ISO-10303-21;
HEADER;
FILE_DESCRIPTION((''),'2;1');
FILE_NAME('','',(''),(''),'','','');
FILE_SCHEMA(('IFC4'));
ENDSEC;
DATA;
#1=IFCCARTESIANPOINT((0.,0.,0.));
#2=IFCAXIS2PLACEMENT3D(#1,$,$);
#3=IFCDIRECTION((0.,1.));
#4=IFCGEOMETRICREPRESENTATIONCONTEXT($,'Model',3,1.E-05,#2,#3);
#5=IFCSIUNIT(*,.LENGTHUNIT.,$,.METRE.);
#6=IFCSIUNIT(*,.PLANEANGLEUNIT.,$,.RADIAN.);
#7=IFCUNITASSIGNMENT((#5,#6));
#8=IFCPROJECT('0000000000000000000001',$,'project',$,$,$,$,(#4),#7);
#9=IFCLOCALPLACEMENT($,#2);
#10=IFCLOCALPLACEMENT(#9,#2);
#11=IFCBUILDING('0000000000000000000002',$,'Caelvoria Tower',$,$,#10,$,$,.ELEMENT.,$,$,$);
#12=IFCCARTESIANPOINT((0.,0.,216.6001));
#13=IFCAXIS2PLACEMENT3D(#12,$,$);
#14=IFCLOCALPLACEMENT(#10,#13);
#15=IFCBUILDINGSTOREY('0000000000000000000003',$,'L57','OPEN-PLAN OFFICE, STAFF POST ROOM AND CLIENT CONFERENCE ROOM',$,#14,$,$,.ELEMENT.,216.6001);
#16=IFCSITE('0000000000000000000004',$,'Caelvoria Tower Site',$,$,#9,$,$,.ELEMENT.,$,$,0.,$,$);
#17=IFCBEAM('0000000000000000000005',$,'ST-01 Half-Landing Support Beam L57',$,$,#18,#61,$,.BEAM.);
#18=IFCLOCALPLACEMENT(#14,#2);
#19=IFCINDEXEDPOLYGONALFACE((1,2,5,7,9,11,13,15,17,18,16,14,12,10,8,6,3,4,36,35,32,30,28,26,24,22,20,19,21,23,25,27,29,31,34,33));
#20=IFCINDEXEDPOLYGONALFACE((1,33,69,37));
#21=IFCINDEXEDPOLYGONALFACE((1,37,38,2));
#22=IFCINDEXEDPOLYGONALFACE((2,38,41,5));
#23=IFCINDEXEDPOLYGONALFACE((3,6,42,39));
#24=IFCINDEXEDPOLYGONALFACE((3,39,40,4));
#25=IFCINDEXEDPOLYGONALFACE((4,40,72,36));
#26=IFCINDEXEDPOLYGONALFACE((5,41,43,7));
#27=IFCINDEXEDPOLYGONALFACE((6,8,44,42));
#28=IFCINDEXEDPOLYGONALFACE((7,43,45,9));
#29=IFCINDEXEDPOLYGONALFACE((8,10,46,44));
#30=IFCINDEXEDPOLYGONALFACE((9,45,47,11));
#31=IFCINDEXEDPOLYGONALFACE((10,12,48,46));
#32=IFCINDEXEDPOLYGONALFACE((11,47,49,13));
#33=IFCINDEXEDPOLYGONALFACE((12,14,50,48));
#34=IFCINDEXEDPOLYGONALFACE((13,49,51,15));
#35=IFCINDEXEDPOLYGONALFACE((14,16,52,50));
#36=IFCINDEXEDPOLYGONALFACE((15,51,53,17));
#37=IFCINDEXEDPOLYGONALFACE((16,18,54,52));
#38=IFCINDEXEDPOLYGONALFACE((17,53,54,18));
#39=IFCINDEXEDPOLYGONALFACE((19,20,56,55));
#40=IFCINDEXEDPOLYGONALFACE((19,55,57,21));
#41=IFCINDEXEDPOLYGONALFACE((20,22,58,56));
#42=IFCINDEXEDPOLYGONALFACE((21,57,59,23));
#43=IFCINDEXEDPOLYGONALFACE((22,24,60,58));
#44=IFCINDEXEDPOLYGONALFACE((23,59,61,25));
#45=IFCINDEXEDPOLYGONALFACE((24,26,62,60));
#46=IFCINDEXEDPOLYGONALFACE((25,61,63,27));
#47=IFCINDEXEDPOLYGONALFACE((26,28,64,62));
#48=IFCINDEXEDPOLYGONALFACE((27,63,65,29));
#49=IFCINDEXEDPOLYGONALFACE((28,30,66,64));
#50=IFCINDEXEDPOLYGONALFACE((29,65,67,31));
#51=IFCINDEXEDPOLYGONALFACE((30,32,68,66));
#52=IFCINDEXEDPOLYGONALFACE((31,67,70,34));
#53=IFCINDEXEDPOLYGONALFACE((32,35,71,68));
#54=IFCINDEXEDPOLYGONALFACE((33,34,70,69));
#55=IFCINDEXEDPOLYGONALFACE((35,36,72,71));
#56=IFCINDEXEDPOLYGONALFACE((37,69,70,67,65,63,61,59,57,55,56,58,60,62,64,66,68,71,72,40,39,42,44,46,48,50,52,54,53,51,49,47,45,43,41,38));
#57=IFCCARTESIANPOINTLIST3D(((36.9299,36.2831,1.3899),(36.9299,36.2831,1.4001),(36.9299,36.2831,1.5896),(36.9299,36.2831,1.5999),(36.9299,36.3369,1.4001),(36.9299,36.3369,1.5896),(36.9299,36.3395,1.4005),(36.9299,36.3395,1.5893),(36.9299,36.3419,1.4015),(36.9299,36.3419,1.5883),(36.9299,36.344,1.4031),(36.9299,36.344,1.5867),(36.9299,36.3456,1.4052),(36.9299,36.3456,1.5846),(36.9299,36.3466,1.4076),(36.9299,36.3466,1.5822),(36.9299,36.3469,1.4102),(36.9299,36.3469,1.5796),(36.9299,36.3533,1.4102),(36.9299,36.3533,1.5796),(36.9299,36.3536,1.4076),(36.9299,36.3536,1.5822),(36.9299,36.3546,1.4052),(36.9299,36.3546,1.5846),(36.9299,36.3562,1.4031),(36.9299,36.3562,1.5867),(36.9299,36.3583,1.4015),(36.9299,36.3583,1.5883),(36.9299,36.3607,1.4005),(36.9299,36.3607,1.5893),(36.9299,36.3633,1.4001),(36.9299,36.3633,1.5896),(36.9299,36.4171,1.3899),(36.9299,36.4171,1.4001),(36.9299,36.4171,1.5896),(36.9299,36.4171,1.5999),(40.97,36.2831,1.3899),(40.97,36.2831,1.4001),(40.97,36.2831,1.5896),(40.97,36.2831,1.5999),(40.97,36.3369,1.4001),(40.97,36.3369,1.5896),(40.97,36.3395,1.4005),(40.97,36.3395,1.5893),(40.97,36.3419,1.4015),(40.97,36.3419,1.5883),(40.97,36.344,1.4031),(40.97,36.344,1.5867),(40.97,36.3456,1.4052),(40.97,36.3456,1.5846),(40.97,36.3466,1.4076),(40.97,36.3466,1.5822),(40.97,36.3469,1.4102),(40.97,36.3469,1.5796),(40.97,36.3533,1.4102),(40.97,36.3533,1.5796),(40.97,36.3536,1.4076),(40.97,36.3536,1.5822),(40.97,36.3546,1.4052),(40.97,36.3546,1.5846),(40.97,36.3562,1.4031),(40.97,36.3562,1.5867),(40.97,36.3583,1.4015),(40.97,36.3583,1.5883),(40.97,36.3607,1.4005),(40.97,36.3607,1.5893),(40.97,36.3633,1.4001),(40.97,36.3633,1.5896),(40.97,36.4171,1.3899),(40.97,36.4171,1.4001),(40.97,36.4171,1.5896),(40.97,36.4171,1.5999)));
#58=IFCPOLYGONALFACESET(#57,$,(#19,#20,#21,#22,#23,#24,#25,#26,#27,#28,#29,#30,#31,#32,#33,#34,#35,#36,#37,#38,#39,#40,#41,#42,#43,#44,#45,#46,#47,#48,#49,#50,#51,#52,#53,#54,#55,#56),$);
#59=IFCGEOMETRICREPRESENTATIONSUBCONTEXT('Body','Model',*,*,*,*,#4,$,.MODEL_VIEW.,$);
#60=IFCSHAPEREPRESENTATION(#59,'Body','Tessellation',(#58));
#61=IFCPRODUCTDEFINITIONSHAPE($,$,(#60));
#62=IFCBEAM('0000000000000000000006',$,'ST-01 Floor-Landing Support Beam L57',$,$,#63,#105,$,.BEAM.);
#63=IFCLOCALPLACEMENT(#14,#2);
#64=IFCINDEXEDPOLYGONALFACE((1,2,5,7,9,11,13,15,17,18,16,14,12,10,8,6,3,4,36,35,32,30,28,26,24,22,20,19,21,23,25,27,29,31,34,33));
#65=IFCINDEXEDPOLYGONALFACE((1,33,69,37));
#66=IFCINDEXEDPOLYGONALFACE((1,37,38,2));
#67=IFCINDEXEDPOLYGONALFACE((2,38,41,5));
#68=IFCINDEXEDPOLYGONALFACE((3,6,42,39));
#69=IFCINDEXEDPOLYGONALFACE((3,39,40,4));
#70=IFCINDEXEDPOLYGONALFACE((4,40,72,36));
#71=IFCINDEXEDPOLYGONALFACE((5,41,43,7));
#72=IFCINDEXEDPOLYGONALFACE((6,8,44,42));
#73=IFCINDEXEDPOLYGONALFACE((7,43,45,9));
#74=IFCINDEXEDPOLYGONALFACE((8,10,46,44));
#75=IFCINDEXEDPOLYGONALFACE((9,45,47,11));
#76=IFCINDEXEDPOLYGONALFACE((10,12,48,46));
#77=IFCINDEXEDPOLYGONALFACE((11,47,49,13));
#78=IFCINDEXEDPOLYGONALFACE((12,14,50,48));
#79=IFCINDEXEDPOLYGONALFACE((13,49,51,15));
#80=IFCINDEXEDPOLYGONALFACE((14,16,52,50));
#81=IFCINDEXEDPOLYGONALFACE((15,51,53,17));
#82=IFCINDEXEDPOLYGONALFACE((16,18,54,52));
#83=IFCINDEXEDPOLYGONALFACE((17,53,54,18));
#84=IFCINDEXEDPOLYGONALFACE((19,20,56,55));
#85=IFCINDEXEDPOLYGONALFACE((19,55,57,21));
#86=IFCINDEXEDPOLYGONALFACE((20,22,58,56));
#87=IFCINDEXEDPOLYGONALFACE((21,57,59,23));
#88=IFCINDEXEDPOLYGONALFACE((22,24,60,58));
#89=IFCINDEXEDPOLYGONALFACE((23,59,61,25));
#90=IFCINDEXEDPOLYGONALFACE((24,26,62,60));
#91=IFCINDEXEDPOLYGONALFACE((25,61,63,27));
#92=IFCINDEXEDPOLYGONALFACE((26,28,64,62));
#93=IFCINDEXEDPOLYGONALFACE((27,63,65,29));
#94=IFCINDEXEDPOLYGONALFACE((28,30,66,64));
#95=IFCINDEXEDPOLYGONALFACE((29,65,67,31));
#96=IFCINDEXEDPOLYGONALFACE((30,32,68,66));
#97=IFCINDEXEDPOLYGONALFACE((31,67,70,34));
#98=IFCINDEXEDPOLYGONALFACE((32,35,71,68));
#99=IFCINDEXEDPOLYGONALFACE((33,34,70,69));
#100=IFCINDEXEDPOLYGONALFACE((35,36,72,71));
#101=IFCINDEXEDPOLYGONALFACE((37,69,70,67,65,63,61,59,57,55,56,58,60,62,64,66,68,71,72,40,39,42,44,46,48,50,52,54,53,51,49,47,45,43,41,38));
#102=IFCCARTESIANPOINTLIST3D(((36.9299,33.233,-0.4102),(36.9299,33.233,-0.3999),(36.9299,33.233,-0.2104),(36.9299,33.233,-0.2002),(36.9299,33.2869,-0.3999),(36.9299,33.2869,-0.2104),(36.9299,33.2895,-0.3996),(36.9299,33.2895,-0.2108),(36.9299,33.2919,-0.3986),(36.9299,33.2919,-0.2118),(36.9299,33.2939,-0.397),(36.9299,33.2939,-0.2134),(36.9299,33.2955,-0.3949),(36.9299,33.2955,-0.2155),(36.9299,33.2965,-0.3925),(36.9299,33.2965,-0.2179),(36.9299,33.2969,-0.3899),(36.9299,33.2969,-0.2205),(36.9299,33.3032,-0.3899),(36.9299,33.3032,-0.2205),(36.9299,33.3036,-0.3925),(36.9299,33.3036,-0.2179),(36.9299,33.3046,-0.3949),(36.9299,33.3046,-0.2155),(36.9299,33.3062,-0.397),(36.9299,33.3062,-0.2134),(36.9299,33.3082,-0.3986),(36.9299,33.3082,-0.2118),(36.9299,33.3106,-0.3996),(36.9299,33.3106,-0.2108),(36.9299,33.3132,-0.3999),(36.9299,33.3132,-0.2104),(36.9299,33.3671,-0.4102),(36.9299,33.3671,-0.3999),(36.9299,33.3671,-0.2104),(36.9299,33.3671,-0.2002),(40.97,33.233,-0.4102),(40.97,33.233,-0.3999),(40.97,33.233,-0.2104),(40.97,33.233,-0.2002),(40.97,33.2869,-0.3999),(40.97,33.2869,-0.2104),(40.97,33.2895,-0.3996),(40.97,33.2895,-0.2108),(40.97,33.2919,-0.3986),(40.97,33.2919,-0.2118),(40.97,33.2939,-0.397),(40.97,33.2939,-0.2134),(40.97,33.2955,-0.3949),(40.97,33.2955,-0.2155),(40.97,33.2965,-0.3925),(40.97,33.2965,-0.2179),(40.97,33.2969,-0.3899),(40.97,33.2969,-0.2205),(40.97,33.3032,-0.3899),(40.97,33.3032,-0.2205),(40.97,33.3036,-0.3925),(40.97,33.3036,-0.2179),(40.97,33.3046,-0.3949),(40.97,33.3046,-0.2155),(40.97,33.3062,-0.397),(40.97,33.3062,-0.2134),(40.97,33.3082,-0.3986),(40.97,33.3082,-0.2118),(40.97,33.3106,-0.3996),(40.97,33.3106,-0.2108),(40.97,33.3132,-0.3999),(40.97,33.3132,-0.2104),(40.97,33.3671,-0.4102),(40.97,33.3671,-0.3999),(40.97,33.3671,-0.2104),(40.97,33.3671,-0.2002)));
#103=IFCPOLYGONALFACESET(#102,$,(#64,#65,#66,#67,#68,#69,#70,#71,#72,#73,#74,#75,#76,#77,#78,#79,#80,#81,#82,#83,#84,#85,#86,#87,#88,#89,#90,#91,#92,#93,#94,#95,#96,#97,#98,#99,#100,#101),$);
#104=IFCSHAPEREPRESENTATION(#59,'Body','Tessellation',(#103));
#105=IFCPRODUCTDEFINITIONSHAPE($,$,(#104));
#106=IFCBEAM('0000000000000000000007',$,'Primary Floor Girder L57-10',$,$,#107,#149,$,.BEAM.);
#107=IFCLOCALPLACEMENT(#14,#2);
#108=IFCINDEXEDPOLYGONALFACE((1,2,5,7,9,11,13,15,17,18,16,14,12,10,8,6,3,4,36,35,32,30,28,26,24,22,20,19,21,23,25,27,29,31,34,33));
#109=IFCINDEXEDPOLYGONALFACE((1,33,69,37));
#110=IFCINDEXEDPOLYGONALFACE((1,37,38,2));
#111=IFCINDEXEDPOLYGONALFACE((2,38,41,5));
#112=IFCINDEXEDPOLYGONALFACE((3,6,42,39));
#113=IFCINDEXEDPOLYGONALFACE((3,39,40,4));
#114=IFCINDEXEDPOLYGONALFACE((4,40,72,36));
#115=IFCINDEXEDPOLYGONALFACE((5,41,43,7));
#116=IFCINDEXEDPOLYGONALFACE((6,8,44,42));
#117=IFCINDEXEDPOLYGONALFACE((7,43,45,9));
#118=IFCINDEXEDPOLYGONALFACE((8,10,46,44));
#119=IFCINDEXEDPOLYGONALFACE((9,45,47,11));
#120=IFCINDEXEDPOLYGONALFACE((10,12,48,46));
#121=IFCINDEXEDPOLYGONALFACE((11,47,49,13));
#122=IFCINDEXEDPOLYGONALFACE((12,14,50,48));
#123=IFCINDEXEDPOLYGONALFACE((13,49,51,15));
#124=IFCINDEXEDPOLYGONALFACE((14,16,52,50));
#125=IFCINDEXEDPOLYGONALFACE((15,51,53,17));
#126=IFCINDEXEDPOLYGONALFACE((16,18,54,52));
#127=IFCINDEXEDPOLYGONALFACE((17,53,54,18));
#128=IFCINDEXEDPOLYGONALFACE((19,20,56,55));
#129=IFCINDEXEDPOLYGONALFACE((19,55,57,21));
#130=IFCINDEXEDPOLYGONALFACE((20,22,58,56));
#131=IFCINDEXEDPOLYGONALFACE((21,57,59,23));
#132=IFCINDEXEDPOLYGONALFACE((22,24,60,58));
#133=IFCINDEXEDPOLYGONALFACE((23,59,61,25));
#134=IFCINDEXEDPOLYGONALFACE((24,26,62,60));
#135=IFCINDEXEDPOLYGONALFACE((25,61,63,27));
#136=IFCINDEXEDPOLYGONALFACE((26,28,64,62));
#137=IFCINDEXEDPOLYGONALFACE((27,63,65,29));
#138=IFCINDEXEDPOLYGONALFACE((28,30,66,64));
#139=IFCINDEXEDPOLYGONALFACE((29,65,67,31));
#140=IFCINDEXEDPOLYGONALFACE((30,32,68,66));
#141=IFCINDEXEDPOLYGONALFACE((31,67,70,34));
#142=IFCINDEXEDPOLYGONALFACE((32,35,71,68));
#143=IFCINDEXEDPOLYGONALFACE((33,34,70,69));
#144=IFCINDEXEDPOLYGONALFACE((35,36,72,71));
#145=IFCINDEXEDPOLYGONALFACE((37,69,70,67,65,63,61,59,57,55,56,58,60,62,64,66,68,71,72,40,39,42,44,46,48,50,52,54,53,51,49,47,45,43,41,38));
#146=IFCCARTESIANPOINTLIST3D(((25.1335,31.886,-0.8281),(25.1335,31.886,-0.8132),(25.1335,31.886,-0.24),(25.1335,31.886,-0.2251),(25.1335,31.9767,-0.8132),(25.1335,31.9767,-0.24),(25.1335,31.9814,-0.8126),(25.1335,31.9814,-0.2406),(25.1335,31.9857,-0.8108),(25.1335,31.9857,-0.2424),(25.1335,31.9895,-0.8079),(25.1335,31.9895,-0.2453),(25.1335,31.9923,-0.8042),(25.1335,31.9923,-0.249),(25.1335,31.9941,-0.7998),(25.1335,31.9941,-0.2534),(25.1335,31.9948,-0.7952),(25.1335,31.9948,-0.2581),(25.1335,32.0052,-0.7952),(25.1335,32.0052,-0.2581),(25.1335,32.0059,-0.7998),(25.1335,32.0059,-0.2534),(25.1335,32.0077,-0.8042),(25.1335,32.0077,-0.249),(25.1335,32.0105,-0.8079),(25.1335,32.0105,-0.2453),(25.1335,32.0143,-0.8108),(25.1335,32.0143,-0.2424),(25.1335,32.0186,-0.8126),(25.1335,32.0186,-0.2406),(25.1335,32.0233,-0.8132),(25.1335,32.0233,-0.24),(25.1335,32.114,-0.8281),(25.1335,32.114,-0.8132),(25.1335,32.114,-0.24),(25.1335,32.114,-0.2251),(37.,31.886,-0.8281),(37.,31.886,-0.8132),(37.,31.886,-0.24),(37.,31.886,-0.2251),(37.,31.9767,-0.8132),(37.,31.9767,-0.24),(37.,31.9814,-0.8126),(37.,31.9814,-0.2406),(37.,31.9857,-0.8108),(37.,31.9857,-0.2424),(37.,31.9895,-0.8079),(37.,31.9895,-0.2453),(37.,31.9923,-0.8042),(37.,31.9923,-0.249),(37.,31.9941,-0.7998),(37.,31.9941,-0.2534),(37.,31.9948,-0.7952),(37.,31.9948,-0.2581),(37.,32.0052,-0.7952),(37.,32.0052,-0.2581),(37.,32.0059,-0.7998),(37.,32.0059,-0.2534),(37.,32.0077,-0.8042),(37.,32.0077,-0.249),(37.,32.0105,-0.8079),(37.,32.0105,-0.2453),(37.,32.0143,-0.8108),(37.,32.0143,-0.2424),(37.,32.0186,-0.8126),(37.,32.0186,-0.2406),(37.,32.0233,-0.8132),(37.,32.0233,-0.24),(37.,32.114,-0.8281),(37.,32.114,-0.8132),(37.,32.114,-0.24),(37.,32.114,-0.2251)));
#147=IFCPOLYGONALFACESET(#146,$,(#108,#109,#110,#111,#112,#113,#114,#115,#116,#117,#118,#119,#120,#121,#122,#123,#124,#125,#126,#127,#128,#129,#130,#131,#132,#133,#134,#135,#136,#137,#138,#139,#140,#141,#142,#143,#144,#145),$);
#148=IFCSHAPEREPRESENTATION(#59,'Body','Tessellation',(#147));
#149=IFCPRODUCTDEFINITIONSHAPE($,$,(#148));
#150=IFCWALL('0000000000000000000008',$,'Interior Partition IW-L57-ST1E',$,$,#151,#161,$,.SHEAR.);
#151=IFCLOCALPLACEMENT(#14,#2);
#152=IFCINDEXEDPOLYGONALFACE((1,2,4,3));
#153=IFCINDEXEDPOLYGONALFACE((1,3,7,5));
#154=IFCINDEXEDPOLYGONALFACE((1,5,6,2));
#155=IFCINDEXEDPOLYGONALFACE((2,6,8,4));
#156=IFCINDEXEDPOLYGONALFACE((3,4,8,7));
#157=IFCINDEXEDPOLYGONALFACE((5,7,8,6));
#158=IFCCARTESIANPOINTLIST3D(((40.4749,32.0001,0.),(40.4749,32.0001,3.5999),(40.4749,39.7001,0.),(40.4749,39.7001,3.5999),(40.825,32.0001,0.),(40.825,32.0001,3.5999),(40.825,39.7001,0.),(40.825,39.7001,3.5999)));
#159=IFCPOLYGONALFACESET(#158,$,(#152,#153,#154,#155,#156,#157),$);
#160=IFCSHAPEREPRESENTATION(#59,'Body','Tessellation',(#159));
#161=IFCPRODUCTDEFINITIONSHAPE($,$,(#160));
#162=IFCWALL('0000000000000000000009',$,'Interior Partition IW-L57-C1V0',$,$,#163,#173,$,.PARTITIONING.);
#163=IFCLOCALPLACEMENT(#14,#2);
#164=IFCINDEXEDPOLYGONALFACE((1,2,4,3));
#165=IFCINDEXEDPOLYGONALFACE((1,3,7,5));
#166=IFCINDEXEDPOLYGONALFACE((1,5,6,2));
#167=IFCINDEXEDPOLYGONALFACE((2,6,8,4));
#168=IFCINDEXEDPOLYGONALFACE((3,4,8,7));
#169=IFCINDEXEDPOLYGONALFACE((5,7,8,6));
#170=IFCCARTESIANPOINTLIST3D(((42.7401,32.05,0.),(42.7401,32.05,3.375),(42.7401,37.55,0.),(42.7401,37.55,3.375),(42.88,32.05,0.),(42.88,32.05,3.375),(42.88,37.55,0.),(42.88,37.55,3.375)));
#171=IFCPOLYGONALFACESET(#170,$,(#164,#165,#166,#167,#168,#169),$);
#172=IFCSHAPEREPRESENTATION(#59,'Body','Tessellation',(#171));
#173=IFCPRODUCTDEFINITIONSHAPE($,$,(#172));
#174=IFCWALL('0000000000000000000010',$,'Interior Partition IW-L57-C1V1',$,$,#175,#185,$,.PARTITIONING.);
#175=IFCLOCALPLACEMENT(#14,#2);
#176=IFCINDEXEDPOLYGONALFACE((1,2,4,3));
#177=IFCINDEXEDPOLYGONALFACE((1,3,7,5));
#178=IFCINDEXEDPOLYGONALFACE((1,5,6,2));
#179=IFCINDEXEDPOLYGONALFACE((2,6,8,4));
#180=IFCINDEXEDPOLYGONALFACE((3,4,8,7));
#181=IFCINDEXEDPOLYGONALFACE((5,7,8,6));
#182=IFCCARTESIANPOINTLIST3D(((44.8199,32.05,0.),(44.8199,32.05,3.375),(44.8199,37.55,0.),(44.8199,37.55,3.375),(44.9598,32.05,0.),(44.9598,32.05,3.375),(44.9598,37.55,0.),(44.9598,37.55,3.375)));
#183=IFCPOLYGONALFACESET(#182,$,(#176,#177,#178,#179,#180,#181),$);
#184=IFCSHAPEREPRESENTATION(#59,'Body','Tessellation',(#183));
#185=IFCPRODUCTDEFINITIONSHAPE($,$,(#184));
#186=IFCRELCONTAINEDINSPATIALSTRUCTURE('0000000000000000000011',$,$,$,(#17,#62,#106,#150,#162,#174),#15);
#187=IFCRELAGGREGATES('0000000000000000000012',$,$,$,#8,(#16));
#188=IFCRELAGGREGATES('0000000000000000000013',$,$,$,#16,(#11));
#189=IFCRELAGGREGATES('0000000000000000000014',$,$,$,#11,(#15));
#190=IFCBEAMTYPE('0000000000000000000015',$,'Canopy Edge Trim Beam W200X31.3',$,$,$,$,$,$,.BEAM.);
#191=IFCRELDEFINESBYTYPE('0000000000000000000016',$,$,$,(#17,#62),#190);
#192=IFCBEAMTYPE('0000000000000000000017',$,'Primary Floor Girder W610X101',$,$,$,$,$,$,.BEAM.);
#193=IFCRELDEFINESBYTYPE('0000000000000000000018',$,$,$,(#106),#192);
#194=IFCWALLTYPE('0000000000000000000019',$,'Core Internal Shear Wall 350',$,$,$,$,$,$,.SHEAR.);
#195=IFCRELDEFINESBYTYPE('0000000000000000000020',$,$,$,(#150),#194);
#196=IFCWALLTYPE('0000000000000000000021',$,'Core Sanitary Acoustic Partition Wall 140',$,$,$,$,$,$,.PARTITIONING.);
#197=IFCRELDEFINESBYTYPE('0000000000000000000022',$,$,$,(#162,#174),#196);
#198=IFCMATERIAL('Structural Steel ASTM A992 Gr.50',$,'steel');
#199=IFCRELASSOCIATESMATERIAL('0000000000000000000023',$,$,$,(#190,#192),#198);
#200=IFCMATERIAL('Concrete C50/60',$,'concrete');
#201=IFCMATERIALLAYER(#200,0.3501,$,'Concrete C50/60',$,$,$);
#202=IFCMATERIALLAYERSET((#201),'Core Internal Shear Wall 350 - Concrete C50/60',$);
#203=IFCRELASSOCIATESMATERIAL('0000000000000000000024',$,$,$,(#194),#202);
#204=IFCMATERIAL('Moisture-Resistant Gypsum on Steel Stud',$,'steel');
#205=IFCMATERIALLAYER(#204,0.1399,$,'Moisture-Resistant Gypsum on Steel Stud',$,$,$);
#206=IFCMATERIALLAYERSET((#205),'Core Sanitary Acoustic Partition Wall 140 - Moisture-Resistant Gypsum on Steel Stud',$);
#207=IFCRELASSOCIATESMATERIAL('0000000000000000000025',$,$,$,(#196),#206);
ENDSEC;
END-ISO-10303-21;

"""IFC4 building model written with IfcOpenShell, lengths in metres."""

from ifc_helpers import new_model, si_unit, direction, frame, frame_2d, origin, origin_2d, place, context, subcontext, project, spatial, rectangle, i_section, extrude, material, layer, layer_set, material_profile, profile_set, type_object, element, save


model = new_model("IFC4")

# Units and contexts
model_context = context("Model", 3, precision=1e-05, world=origin(), true_north=direction((0.0, 1.0)))
body_context = subcontext(model_context, "Body", "Model", "MODEL_VIEW")
ifc_project = project(units=[si_unit("LENGTHUNIT", "METRE"), si_unit("PLANEANGLEUNIT", "RADIAN")], contexts=[model_context])

# Site, building, storey
site_placement = place(None, origin())
site = spatial("IfcSite", under=ifc_project, at=site_placement, Name="Caelvoria Tower Site", CompositionType="ELEMENT", RefElevation=0.0)
building_placement = place(site_placement, origin())
building = spatial("IfcBuilding", under=site, at=building_placement, Name="Caelvoria Tower", CompositionType="ELEMENT")
storey_placement = place(building_placement, frame((0.0, 0.0, 216.6001)))
storey = spatial("IfcBuildingStorey", under=building, at=storey_placement, Name="L57", Description="OPEN-PLAN OFFICE, STAFF POST ROOM AND CLIENT CONFERENCE ROOM", CompositionType="ELEMENT", Elevation=216.6001)

# Beams
ifc_material_1 = material(Name="Structural Steel ASTM A992 Gr.50", Category="steel")
ifc_material_profile_1 = material_profile(ifc_material_1, i_section(OverallWidth=0.134, OverallDepth=0.21, WebThickness=0.0063, FlangeThickness=0.0103, FilletRadius=0.01, at=origin_2d()), Name="Structural Steel ASTM A992 Gr.50")
ifc_profile_set_1 = profile_set([ifc_material_profile_1], Name="W200X31.3 - Structural Steel ASTM A992 Gr.50")
beam_type_1 = type_object("IfcBeamType", Name="Canopy Edge Trim Beam W200X31.3", PredefinedType="BEAM", material=ifc_profile_set_1)
for number, where, z_axis, x_axis, name in (
    (1, (36.9299, 36.3501, 1.4949), (1.0, 0.0, 0.0), (0.0, 1.0, 0.0), "ST-01 Half-Landing Support Beam L57"),
    (2, (36.9299, 33.3, -0.3052), (1.0, 0.0, 0.0), (0.0, 1.0, 0.0), "ST-01 Floor-Landing Support Beam L57"),
):
    element("IfcBeam", number, at=place(storey_placement, frame(where, z_axis=z_axis, x_axis=x_axis)), inside=storey, type_object=beam_type_1, Name=name, PredefinedType="BEAM", context=body_context, shape_type="SweptSolid", body=[
        extrude(i_section(OverallWidth=0.134, OverallDepth=0.21, WebThickness=0.0063, FlangeThickness=0.0103, FilletRadius=0.01, at=origin_2d()), origin(), (0.0, 0.0, 1.0), 4.04),
    ])
ifc_material_profile_2 = material_profile(ifc_material_1, i_section(OverallWidth=0.228, OverallDepth=0.603, WebThickness=0.0105, FlangeThickness=0.0149, FilletRadius=0.0181, at=origin_2d()), Name="Structural Steel ASTM A992 Gr.50")
ifc_profile_set_2 = profile_set([ifc_material_profile_2], Name="W610X101 - Structural Steel ASTM A992 Gr.50")
beam_type_2 = type_object("IfcBeamType", Name="Primary Floor Girder W610X101", PredefinedType="BEAM", material=ifc_profile_set_2)
beam_placement = place(storey_placement, frame((37.0, 32.0, -0.5266), z_axis=(-1.0, 0.0, 0.0), x_axis=(0.0, -1.0, 0.0)))
element("IfcBeam", 3, at=beam_placement, inside=storey, type_object=beam_type_2, Name="Primary Floor Girder L57-10", PredefinedType="BEAM", context=body_context, shape_type="SweptSolid", body=[
    extrude(i_section(OverallWidth=0.228, OverallDepth=0.603, WebThickness=0.0105, FlangeThickness=0.0149, FilletRadius=0.0181, at=origin_2d()), origin(), (0.0, 0.0, 1.0), 11.8665),
])

# Walls
ifc_material_2 = material(Name="Concrete C50/60", Category="concrete")
ifc_layer_1 = layer(ifc_material_2, 0.3501, Name="Concrete C50/60")
ifc_layer_set_1 = layer_set([ifc_layer_1], Name="Core Internal Shear Wall 350 - Concrete C50/60")
wall_type_1 = type_object("IfcWallType", Name="Core Internal Shear Wall 350", PredefinedType="SHEAR", material=ifc_layer_set_1)
wall_1_placement = place(storey_placement, frame((40.6499, 32.0, 0.0), z_axis=(0.0, 0.0, 1.0), x_axis=(0.0, 1.0, 0.0)))
element("IfcWall", 4, at=wall_1_placement, inside=storey, type_object=wall_type_1, Name="Interior Partition IW-L57-ST1E", PredefinedType="SHEAR", context=body_context, shape_type="SweptSolid", body=[
    extrude(rectangle(XDim=7.7, YDim=0.3501, at=frame_2d((3.8501, 0.0))), origin(), (0.0, 0.0, 1.0), 3.5999),
])
ifc_material_3 = material(Name="Moisture-Resistant Gypsum on Steel Stud", Category="steel")
ifc_layer_2 = layer(ifc_material_3, 0.1399, Name="Moisture-Resistant Gypsum on Steel Stud")
ifc_layer_set_2 = layer_set([ifc_layer_2], Name="Core Sanitary Acoustic Partition Wall 140 - Moisture-Resistant Gypsum on Steel Stud")
wall_type_2 = type_object("IfcWallType", Name="Core Sanitary Acoustic Partition Wall 140", PredefinedType="PARTITIONING", material=ifc_layer_set_2)
for number, where, z_axis, x_axis, name in (
    (5, (42.8101, 32.05, 0.0), (0.0, 0.0, 1.0), (0.0, 1.0, 0.0), "Interior Partition IW-L57-C1V0"),
    (6, (44.8899, 32.05, 0.0), (0.0, 0.0, 1.0), (0.0, 1.0, 0.0), "Interior Partition IW-L57-C1V1"),
):
    element("IfcWall", number, at=place(storey_placement, frame(where, z_axis=z_axis, x_axis=x_axis)), inside=storey, type_object=wall_type_2, Name=name, PredefinedType="PARTITIONING", context=body_context, shape_type="SweptSolid", body=[
        extrude(rectangle(XDim=5.5, YDim=0.1399, at=frame_2d((2.75, 0.0))), origin(), (0.0, 0.0, 1.0), 3.375),
    ])

save(model, "model.ifc")
